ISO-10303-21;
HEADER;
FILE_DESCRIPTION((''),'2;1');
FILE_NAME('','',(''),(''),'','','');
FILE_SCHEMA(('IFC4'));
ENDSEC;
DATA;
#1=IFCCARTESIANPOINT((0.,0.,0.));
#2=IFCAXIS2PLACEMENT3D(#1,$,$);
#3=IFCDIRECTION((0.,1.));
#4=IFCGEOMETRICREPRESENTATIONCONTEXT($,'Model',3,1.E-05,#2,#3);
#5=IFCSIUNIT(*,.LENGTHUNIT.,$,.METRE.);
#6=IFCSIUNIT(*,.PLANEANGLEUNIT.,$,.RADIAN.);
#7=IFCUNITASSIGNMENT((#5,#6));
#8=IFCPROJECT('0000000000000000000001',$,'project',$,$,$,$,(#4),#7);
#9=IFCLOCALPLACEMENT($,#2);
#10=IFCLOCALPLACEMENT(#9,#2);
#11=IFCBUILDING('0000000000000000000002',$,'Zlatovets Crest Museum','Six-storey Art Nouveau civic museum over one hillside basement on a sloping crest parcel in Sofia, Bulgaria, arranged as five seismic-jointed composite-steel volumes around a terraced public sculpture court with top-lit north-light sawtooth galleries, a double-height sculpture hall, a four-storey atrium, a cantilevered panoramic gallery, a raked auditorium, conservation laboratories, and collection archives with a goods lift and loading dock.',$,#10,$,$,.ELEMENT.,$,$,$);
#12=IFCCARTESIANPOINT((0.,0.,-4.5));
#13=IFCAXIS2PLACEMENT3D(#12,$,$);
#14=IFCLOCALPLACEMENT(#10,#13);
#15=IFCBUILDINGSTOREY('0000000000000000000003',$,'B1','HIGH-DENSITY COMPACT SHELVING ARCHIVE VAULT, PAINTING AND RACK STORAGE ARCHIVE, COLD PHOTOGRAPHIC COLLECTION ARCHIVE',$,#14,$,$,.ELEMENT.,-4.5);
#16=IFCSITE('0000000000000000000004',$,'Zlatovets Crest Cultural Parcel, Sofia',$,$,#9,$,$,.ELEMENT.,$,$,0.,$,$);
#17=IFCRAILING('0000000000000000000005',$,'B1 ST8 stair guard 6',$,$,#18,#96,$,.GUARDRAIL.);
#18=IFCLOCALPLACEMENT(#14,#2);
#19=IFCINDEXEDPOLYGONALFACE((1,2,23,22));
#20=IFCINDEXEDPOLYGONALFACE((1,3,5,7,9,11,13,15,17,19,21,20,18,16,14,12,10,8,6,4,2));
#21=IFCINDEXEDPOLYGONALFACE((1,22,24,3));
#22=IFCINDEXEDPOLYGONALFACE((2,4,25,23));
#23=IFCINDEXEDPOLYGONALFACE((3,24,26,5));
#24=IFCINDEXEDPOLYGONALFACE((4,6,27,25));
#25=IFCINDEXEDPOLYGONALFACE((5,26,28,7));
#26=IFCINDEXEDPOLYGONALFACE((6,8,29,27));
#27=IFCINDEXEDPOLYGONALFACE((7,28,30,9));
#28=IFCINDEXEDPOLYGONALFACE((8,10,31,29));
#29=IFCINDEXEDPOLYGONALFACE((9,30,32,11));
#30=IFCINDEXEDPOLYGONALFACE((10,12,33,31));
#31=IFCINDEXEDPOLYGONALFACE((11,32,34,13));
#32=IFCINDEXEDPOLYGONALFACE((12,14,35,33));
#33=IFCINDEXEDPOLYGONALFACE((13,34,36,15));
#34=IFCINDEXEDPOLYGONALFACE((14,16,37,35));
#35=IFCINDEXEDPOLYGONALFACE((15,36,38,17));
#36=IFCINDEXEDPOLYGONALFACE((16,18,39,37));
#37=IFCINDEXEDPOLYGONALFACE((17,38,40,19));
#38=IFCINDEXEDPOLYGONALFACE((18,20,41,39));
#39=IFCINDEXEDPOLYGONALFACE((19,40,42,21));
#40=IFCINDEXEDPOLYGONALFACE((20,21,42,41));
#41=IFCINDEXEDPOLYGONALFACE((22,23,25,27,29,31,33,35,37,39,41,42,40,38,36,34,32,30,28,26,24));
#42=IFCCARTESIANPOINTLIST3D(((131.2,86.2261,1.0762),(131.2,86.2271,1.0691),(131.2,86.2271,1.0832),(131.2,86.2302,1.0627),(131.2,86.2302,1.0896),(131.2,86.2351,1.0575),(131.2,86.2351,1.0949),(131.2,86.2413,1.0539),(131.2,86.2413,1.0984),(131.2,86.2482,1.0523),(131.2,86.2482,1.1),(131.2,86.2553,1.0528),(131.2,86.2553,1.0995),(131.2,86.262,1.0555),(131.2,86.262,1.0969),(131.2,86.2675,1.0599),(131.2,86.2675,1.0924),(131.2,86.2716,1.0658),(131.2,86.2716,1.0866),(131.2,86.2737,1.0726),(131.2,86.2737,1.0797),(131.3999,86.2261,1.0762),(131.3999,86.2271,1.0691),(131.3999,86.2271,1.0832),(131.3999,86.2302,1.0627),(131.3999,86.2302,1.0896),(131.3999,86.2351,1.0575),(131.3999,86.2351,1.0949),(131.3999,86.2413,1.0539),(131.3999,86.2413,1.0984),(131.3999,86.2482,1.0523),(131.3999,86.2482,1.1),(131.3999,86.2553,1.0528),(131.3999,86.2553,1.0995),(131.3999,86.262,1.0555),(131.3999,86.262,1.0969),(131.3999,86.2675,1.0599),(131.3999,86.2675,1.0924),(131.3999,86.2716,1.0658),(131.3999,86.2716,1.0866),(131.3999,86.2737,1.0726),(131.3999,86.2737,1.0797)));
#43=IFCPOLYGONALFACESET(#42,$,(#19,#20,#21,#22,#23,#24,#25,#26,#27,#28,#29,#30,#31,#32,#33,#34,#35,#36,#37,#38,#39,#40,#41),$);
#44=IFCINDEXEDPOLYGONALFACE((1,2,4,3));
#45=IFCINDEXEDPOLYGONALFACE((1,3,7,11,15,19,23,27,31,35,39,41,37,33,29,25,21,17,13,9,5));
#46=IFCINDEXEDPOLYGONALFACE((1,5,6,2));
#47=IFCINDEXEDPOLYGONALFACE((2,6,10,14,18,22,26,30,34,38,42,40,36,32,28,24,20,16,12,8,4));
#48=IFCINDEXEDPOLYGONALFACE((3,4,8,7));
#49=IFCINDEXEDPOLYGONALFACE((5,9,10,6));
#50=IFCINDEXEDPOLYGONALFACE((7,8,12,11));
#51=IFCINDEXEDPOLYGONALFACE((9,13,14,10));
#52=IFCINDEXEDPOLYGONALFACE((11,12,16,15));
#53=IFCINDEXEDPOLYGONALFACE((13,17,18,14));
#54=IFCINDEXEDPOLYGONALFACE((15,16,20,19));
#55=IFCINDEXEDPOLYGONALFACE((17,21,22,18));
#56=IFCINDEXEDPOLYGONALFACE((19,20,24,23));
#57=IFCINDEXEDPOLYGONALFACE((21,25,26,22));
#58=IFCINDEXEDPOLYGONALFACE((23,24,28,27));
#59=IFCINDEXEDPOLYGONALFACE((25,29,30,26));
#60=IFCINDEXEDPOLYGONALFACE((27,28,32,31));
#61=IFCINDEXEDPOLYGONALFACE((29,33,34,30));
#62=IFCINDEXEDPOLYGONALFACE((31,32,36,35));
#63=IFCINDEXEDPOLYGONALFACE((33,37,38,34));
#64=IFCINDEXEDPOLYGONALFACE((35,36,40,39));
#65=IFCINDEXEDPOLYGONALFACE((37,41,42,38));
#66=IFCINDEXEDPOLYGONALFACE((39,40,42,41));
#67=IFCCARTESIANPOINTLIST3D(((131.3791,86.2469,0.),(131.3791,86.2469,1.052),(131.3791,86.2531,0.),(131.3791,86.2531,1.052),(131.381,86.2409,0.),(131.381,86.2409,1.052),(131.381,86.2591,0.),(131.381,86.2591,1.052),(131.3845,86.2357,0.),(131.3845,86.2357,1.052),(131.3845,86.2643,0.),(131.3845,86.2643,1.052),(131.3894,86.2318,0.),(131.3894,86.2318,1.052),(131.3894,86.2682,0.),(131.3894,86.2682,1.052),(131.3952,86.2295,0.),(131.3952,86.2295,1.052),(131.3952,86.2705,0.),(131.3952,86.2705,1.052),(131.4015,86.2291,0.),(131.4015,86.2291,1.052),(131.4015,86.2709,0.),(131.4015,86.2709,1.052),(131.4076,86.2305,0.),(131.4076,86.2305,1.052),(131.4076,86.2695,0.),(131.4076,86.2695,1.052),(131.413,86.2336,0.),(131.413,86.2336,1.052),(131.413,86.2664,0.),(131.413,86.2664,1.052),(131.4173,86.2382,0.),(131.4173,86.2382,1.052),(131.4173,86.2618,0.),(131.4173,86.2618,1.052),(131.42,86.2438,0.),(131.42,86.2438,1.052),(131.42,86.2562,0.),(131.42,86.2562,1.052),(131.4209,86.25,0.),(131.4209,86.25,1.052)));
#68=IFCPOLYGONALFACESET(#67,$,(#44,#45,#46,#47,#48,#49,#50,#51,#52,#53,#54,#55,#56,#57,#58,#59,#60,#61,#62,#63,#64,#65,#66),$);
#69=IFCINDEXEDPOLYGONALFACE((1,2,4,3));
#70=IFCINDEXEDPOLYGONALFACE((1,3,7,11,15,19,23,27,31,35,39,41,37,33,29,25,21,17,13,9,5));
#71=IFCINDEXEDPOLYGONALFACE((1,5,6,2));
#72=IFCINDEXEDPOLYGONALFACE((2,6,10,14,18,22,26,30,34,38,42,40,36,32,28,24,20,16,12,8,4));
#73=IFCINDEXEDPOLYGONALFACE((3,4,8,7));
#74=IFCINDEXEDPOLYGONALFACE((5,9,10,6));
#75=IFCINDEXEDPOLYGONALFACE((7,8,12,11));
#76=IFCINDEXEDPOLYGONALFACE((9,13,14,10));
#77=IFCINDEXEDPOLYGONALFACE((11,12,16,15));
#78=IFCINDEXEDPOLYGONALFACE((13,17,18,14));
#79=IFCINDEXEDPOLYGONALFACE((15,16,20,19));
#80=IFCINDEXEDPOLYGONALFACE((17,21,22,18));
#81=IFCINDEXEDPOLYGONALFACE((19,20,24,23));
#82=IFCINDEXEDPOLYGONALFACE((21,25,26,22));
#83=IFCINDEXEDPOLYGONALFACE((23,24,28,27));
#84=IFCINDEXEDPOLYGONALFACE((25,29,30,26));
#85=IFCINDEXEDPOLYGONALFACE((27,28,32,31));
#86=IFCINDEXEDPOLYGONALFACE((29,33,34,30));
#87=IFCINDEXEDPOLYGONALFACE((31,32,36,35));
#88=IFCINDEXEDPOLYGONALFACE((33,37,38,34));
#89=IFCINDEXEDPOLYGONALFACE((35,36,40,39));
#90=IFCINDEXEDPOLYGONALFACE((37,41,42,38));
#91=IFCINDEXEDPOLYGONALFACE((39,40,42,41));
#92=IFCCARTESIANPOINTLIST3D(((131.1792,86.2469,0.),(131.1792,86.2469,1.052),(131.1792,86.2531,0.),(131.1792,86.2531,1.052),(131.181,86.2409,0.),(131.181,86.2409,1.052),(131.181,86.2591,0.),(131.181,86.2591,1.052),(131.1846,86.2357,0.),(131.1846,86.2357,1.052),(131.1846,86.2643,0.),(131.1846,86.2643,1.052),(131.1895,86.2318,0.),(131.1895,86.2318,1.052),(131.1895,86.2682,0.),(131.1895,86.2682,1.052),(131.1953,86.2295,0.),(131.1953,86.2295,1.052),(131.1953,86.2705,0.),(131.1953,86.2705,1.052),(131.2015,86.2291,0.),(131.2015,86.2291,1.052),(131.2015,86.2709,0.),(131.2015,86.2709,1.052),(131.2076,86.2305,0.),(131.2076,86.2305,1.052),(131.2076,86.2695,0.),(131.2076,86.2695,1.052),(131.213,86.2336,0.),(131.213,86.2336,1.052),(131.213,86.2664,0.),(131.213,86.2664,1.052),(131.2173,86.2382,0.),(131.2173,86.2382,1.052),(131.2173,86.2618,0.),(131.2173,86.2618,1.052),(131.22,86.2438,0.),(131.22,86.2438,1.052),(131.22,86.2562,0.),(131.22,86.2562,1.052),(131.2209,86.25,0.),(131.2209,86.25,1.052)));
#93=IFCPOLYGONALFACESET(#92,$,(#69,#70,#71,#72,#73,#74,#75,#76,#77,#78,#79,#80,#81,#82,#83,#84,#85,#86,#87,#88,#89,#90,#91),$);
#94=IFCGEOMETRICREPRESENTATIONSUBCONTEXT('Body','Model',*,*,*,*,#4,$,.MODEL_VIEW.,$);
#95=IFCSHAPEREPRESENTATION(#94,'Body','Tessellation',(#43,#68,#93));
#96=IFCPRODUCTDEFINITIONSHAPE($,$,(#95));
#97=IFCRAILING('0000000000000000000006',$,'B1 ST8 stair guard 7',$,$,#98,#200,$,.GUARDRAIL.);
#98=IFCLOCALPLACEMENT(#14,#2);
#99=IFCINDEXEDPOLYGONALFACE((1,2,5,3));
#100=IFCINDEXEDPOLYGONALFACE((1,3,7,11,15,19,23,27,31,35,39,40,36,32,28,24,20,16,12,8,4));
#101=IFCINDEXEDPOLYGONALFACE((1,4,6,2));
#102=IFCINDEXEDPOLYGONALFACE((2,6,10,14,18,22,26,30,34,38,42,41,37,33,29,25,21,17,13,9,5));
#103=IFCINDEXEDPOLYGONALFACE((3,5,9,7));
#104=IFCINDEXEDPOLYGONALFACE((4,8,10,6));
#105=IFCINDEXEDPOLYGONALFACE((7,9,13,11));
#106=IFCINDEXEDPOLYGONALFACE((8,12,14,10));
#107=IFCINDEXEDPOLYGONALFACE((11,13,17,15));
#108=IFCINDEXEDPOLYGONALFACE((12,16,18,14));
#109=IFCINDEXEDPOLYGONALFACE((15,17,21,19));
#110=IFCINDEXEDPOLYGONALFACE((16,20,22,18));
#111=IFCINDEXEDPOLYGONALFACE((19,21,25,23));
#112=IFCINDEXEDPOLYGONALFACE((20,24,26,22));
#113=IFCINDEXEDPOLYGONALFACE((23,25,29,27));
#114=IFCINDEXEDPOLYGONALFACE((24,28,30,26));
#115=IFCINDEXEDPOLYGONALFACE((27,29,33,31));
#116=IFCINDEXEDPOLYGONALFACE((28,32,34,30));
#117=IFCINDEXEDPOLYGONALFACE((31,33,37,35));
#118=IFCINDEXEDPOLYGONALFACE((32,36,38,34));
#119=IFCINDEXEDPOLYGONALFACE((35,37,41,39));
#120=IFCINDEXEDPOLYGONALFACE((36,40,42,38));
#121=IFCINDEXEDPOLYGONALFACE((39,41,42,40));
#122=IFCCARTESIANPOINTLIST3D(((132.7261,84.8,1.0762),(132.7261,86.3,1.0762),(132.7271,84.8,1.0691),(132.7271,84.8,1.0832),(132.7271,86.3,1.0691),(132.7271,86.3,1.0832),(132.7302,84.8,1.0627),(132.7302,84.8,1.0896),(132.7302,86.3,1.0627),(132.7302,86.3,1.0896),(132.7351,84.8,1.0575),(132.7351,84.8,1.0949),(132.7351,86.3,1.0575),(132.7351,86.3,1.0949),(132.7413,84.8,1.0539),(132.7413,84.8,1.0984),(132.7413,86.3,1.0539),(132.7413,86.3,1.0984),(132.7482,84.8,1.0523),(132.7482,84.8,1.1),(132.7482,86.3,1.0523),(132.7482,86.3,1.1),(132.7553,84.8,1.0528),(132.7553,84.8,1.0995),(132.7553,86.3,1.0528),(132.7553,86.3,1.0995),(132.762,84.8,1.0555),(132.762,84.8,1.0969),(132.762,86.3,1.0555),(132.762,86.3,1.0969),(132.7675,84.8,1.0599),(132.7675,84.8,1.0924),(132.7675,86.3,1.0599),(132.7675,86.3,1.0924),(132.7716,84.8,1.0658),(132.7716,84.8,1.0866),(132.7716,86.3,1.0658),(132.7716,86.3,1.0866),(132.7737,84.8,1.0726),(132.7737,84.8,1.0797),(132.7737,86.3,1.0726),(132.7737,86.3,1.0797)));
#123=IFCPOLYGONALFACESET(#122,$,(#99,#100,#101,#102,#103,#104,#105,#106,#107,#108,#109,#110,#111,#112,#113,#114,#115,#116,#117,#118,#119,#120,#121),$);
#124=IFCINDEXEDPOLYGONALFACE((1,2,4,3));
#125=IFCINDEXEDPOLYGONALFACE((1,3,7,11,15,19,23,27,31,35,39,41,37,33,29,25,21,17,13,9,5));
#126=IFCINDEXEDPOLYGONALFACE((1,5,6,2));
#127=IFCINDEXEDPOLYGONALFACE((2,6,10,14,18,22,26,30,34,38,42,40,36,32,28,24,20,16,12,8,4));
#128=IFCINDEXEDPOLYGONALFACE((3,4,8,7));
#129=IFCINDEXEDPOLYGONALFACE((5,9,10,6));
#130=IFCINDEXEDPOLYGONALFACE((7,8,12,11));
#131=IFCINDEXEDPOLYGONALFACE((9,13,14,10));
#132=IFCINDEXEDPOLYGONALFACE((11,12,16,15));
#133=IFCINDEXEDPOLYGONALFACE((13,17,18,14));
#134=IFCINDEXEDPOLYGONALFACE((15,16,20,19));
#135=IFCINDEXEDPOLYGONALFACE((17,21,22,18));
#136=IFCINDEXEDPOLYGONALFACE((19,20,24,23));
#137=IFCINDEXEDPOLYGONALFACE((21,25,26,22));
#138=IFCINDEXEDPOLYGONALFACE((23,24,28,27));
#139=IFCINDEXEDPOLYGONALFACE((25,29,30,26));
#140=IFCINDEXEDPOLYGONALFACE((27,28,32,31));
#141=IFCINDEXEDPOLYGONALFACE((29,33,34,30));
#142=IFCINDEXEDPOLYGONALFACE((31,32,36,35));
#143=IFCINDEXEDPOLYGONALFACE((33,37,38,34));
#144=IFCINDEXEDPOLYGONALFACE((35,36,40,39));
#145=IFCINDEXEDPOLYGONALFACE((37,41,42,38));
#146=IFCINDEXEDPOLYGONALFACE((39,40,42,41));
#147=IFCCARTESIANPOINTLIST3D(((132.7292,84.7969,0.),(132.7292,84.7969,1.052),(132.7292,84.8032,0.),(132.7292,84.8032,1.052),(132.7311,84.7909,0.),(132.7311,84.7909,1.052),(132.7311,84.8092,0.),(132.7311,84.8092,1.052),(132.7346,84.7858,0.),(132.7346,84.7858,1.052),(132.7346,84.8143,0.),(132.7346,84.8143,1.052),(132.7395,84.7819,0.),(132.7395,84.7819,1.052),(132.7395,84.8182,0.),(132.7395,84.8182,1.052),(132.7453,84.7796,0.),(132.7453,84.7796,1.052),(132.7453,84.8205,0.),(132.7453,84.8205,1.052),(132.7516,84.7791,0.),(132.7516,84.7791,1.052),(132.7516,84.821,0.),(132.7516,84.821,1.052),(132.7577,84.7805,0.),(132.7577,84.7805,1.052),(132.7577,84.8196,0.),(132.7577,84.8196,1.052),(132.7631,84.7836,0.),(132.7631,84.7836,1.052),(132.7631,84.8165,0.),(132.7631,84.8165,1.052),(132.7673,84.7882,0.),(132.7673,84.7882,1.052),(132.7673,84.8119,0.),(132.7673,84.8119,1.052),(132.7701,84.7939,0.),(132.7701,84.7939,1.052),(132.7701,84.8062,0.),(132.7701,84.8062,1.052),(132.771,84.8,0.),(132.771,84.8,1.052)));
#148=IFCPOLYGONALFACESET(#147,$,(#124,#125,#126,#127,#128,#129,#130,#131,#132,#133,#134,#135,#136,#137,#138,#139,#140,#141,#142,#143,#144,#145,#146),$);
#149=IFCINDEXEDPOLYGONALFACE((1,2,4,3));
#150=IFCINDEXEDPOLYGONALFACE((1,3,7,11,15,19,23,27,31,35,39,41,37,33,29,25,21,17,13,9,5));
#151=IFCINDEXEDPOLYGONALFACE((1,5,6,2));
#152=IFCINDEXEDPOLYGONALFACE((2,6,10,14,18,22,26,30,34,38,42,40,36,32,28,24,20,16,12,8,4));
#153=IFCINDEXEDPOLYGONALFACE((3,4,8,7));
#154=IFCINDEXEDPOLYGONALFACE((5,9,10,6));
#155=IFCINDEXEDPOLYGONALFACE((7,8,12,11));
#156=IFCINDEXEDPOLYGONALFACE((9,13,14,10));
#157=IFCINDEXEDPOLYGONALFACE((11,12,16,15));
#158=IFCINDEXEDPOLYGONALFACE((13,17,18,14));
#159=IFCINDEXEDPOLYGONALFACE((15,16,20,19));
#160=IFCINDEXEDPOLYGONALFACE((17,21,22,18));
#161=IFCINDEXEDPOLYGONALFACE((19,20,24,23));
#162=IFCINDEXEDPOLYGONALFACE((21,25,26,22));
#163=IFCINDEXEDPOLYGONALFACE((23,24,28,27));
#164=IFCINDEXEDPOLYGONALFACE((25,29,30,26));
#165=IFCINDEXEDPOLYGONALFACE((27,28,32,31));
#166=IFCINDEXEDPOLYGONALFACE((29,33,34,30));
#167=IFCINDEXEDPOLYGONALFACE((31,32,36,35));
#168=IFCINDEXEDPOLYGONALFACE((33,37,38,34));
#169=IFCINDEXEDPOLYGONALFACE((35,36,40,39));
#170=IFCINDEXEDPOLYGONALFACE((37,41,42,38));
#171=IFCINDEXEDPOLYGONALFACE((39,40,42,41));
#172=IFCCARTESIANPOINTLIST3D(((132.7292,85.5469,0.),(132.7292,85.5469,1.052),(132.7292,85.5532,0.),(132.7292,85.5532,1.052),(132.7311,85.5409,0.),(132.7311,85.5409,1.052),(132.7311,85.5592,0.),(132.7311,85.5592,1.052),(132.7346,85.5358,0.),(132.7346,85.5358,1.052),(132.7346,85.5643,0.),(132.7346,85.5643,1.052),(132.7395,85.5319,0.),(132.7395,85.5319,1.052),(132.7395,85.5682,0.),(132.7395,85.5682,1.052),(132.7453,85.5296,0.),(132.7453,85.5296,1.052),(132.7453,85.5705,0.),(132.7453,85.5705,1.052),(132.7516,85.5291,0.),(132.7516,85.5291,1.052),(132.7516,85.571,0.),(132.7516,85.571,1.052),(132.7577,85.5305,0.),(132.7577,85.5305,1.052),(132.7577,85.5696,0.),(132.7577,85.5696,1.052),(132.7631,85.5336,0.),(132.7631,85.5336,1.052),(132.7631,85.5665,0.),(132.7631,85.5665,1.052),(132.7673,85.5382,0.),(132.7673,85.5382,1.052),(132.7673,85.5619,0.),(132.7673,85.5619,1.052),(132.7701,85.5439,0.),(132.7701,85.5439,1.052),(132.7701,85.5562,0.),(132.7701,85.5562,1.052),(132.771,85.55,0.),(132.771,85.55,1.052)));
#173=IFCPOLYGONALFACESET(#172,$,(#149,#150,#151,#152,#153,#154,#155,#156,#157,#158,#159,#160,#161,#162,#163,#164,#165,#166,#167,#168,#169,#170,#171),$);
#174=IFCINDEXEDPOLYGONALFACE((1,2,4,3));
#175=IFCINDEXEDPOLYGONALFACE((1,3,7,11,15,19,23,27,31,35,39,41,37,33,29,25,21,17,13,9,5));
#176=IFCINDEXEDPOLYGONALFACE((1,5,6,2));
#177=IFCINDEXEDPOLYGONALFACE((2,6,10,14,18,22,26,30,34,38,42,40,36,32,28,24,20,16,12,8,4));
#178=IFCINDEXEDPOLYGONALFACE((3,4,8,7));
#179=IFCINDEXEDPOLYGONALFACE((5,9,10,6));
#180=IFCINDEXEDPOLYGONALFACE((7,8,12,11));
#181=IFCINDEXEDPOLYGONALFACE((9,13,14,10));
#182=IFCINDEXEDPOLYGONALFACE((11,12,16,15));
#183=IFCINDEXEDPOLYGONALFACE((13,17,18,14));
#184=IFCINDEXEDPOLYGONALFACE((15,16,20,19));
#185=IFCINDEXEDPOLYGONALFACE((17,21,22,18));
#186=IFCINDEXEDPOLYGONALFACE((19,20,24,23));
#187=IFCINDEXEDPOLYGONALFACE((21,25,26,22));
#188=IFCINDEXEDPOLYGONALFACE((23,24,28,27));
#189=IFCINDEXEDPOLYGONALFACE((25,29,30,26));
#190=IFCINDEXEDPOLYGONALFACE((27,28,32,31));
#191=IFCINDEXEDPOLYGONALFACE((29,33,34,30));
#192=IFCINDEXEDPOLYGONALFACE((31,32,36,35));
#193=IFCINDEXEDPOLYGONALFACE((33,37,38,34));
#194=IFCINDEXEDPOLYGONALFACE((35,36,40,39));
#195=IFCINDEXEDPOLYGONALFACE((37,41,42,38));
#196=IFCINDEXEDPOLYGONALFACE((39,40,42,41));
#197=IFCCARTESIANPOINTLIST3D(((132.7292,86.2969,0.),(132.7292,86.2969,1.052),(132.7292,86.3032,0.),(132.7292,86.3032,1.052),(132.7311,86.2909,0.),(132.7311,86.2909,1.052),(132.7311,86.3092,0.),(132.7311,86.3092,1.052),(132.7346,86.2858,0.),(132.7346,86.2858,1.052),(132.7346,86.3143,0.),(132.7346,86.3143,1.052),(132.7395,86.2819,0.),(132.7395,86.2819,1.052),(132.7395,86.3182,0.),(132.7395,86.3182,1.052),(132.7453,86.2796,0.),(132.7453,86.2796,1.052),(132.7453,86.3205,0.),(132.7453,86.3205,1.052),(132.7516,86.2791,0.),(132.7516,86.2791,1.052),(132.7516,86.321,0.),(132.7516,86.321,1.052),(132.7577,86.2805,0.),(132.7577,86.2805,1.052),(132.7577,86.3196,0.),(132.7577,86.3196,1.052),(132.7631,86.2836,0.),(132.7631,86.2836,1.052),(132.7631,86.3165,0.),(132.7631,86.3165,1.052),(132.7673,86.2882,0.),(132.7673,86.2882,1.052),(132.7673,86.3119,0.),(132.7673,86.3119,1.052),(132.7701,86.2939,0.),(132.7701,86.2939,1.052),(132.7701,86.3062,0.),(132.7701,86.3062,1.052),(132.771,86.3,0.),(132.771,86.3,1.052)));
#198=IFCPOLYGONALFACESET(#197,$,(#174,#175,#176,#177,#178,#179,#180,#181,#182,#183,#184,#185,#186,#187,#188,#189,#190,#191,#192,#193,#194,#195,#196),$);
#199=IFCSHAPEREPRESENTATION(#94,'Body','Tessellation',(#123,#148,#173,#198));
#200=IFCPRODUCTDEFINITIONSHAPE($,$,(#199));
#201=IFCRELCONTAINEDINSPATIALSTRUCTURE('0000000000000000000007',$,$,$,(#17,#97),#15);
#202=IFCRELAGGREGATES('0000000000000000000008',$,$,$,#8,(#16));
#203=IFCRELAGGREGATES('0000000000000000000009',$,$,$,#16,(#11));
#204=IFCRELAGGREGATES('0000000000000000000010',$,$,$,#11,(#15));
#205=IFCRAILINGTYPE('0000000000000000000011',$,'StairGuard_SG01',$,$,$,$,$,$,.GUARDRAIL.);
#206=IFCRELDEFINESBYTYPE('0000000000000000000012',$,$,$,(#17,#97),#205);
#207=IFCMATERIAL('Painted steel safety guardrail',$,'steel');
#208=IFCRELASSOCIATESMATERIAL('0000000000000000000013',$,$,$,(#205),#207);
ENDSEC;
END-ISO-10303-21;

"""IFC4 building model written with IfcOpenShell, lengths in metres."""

from ifc_helpers import new_model, si_unit, direction, frame, origin, origin_2d, place, context, subcontext, project, spatial, circle, extrude, material, type_object, element, save


model = new_model("IFC4")

# Units and contexts
model_context = context("Model", 3, precision=1e-05, world=origin(), true_north=direction((0.0, 1.0)))
body_context = subcontext(model_context, "Body", "Model", "MODEL_VIEW")
ifc_project = project(units=[si_unit("LENGTHUNIT", "METRE"), si_unit("PLANEANGLEUNIT", "RADIAN")], contexts=[model_context])

# Site, building, storey
site_placement = place(None, origin())
site = spatial("IfcSite", under=ifc_project, at=site_placement, Name="Zlatovets Crest Cultural Parcel, Sofia", CompositionType="ELEMENT", RefElevation=0.0)
building_placement = place(site_placement, origin())
building = spatial("IfcBuilding", under=site, at=building_placement, Name="Zlatovets Crest Museum", Description="Six-storey Art Nouveau civic museum over one hillside basement on a sloping crest parcel in Sofia, Bulgaria, arranged as five seismic-jointed composite-steel volumes around a terraced public sculpture court with top-lit north-light sawtooth galleries, a double-height sculpture hall, a four-storey atrium, a cantilevered panoramic gallery, a raked auditorium, conservation laboratories, and collection archives with a goods lift and loading dock.", CompositionType="ELEMENT")
storey_placement = place(building_placement, frame((0.0, 0.0, -4.5)))
storey = spatial("IfcBuildingStorey", under=building, at=storey_placement, Name="B1", Description="HIGH-DENSITY COMPACT SHELVING ARCHIVE VAULT, PAINTING AND RACK STORAGE ARCHIVE, COLD PHOTOGRAPHIC COLLECTION ARCHIVE", CompositionType="ELEMENT", Elevation=-4.5)

# Railings
ifc_material_1 = material(Name="Painted steel safety guardrail", Category="steel")
railing_type_1 = type_object("IfcRailingType", Name="StairGuard_SG01", PredefinedType="GUARDRAIL", material=ifc_material_1)
railing_1_placement = place(storey_placement, frame((131.3999, 86.25, 0.0)))
element("IfcRailing", 1, at=railing_1_placement, inside=storey, type_object=railing_type_1, Name="B1 ST8 stair guard 6", PredefinedType="GUARDRAIL", context=body_context, shape_type="SweptSolid", body=[
    extrude(circle(Radius=0.0239, at=origin_2d()), frame((0.0, 0.0, 1.0762), z_axis=(-1.0, 0.0, 0.0), x_axis=(0.0, -1.0, 0.0)), (0.0, 0.0, 1.0), 0.2),
    extrude(circle(Radius=0.021, at=origin_2d()), origin(), (0.0, 0.0, 1.0), 1.052),
    extrude(circle(Radius=0.021, at=origin_2d()), frame((-0.2, 0.0, 0.0)), (0.0, 0.0, 1.0), 1.052),
])
railing_2_placement = place(storey_placement, frame((132.75, 84.8, 0.0)))
element("IfcRailing", 2, at=railing_2_placement, inside=storey, type_object=railing_type_1, Name="B1 ST8 stair guard 7", PredefinedType="GUARDRAIL", context=body_context, shape_type="SweptSolid", body=[
    extrude(circle(Radius=0.0239, at=origin_2d()), frame((0.0, 0.0, 1.0762), z_axis=(0.0, 1.0, 0.0), x_axis=(-1.0, 0.0, 0.0)), (0.0, 0.0, 1.0), 1.5),
    extrude(circle(Radius=0.021, at=origin_2d()), origin(), (0.0, 0.0, 1.0), 1.052),
    extrude(circle(Radius=0.021, at=origin_2d()), frame((0.0, 0.75, 0.0)), (0.0, 0.0, 1.0), 1.052),
    extrude(circle(Radius=0.021, at=origin_2d()), frame((0.0, 1.5, 0.0)), (0.0, 0.0, 1.0), 1.052),
])

save(model, "model.ifc")
